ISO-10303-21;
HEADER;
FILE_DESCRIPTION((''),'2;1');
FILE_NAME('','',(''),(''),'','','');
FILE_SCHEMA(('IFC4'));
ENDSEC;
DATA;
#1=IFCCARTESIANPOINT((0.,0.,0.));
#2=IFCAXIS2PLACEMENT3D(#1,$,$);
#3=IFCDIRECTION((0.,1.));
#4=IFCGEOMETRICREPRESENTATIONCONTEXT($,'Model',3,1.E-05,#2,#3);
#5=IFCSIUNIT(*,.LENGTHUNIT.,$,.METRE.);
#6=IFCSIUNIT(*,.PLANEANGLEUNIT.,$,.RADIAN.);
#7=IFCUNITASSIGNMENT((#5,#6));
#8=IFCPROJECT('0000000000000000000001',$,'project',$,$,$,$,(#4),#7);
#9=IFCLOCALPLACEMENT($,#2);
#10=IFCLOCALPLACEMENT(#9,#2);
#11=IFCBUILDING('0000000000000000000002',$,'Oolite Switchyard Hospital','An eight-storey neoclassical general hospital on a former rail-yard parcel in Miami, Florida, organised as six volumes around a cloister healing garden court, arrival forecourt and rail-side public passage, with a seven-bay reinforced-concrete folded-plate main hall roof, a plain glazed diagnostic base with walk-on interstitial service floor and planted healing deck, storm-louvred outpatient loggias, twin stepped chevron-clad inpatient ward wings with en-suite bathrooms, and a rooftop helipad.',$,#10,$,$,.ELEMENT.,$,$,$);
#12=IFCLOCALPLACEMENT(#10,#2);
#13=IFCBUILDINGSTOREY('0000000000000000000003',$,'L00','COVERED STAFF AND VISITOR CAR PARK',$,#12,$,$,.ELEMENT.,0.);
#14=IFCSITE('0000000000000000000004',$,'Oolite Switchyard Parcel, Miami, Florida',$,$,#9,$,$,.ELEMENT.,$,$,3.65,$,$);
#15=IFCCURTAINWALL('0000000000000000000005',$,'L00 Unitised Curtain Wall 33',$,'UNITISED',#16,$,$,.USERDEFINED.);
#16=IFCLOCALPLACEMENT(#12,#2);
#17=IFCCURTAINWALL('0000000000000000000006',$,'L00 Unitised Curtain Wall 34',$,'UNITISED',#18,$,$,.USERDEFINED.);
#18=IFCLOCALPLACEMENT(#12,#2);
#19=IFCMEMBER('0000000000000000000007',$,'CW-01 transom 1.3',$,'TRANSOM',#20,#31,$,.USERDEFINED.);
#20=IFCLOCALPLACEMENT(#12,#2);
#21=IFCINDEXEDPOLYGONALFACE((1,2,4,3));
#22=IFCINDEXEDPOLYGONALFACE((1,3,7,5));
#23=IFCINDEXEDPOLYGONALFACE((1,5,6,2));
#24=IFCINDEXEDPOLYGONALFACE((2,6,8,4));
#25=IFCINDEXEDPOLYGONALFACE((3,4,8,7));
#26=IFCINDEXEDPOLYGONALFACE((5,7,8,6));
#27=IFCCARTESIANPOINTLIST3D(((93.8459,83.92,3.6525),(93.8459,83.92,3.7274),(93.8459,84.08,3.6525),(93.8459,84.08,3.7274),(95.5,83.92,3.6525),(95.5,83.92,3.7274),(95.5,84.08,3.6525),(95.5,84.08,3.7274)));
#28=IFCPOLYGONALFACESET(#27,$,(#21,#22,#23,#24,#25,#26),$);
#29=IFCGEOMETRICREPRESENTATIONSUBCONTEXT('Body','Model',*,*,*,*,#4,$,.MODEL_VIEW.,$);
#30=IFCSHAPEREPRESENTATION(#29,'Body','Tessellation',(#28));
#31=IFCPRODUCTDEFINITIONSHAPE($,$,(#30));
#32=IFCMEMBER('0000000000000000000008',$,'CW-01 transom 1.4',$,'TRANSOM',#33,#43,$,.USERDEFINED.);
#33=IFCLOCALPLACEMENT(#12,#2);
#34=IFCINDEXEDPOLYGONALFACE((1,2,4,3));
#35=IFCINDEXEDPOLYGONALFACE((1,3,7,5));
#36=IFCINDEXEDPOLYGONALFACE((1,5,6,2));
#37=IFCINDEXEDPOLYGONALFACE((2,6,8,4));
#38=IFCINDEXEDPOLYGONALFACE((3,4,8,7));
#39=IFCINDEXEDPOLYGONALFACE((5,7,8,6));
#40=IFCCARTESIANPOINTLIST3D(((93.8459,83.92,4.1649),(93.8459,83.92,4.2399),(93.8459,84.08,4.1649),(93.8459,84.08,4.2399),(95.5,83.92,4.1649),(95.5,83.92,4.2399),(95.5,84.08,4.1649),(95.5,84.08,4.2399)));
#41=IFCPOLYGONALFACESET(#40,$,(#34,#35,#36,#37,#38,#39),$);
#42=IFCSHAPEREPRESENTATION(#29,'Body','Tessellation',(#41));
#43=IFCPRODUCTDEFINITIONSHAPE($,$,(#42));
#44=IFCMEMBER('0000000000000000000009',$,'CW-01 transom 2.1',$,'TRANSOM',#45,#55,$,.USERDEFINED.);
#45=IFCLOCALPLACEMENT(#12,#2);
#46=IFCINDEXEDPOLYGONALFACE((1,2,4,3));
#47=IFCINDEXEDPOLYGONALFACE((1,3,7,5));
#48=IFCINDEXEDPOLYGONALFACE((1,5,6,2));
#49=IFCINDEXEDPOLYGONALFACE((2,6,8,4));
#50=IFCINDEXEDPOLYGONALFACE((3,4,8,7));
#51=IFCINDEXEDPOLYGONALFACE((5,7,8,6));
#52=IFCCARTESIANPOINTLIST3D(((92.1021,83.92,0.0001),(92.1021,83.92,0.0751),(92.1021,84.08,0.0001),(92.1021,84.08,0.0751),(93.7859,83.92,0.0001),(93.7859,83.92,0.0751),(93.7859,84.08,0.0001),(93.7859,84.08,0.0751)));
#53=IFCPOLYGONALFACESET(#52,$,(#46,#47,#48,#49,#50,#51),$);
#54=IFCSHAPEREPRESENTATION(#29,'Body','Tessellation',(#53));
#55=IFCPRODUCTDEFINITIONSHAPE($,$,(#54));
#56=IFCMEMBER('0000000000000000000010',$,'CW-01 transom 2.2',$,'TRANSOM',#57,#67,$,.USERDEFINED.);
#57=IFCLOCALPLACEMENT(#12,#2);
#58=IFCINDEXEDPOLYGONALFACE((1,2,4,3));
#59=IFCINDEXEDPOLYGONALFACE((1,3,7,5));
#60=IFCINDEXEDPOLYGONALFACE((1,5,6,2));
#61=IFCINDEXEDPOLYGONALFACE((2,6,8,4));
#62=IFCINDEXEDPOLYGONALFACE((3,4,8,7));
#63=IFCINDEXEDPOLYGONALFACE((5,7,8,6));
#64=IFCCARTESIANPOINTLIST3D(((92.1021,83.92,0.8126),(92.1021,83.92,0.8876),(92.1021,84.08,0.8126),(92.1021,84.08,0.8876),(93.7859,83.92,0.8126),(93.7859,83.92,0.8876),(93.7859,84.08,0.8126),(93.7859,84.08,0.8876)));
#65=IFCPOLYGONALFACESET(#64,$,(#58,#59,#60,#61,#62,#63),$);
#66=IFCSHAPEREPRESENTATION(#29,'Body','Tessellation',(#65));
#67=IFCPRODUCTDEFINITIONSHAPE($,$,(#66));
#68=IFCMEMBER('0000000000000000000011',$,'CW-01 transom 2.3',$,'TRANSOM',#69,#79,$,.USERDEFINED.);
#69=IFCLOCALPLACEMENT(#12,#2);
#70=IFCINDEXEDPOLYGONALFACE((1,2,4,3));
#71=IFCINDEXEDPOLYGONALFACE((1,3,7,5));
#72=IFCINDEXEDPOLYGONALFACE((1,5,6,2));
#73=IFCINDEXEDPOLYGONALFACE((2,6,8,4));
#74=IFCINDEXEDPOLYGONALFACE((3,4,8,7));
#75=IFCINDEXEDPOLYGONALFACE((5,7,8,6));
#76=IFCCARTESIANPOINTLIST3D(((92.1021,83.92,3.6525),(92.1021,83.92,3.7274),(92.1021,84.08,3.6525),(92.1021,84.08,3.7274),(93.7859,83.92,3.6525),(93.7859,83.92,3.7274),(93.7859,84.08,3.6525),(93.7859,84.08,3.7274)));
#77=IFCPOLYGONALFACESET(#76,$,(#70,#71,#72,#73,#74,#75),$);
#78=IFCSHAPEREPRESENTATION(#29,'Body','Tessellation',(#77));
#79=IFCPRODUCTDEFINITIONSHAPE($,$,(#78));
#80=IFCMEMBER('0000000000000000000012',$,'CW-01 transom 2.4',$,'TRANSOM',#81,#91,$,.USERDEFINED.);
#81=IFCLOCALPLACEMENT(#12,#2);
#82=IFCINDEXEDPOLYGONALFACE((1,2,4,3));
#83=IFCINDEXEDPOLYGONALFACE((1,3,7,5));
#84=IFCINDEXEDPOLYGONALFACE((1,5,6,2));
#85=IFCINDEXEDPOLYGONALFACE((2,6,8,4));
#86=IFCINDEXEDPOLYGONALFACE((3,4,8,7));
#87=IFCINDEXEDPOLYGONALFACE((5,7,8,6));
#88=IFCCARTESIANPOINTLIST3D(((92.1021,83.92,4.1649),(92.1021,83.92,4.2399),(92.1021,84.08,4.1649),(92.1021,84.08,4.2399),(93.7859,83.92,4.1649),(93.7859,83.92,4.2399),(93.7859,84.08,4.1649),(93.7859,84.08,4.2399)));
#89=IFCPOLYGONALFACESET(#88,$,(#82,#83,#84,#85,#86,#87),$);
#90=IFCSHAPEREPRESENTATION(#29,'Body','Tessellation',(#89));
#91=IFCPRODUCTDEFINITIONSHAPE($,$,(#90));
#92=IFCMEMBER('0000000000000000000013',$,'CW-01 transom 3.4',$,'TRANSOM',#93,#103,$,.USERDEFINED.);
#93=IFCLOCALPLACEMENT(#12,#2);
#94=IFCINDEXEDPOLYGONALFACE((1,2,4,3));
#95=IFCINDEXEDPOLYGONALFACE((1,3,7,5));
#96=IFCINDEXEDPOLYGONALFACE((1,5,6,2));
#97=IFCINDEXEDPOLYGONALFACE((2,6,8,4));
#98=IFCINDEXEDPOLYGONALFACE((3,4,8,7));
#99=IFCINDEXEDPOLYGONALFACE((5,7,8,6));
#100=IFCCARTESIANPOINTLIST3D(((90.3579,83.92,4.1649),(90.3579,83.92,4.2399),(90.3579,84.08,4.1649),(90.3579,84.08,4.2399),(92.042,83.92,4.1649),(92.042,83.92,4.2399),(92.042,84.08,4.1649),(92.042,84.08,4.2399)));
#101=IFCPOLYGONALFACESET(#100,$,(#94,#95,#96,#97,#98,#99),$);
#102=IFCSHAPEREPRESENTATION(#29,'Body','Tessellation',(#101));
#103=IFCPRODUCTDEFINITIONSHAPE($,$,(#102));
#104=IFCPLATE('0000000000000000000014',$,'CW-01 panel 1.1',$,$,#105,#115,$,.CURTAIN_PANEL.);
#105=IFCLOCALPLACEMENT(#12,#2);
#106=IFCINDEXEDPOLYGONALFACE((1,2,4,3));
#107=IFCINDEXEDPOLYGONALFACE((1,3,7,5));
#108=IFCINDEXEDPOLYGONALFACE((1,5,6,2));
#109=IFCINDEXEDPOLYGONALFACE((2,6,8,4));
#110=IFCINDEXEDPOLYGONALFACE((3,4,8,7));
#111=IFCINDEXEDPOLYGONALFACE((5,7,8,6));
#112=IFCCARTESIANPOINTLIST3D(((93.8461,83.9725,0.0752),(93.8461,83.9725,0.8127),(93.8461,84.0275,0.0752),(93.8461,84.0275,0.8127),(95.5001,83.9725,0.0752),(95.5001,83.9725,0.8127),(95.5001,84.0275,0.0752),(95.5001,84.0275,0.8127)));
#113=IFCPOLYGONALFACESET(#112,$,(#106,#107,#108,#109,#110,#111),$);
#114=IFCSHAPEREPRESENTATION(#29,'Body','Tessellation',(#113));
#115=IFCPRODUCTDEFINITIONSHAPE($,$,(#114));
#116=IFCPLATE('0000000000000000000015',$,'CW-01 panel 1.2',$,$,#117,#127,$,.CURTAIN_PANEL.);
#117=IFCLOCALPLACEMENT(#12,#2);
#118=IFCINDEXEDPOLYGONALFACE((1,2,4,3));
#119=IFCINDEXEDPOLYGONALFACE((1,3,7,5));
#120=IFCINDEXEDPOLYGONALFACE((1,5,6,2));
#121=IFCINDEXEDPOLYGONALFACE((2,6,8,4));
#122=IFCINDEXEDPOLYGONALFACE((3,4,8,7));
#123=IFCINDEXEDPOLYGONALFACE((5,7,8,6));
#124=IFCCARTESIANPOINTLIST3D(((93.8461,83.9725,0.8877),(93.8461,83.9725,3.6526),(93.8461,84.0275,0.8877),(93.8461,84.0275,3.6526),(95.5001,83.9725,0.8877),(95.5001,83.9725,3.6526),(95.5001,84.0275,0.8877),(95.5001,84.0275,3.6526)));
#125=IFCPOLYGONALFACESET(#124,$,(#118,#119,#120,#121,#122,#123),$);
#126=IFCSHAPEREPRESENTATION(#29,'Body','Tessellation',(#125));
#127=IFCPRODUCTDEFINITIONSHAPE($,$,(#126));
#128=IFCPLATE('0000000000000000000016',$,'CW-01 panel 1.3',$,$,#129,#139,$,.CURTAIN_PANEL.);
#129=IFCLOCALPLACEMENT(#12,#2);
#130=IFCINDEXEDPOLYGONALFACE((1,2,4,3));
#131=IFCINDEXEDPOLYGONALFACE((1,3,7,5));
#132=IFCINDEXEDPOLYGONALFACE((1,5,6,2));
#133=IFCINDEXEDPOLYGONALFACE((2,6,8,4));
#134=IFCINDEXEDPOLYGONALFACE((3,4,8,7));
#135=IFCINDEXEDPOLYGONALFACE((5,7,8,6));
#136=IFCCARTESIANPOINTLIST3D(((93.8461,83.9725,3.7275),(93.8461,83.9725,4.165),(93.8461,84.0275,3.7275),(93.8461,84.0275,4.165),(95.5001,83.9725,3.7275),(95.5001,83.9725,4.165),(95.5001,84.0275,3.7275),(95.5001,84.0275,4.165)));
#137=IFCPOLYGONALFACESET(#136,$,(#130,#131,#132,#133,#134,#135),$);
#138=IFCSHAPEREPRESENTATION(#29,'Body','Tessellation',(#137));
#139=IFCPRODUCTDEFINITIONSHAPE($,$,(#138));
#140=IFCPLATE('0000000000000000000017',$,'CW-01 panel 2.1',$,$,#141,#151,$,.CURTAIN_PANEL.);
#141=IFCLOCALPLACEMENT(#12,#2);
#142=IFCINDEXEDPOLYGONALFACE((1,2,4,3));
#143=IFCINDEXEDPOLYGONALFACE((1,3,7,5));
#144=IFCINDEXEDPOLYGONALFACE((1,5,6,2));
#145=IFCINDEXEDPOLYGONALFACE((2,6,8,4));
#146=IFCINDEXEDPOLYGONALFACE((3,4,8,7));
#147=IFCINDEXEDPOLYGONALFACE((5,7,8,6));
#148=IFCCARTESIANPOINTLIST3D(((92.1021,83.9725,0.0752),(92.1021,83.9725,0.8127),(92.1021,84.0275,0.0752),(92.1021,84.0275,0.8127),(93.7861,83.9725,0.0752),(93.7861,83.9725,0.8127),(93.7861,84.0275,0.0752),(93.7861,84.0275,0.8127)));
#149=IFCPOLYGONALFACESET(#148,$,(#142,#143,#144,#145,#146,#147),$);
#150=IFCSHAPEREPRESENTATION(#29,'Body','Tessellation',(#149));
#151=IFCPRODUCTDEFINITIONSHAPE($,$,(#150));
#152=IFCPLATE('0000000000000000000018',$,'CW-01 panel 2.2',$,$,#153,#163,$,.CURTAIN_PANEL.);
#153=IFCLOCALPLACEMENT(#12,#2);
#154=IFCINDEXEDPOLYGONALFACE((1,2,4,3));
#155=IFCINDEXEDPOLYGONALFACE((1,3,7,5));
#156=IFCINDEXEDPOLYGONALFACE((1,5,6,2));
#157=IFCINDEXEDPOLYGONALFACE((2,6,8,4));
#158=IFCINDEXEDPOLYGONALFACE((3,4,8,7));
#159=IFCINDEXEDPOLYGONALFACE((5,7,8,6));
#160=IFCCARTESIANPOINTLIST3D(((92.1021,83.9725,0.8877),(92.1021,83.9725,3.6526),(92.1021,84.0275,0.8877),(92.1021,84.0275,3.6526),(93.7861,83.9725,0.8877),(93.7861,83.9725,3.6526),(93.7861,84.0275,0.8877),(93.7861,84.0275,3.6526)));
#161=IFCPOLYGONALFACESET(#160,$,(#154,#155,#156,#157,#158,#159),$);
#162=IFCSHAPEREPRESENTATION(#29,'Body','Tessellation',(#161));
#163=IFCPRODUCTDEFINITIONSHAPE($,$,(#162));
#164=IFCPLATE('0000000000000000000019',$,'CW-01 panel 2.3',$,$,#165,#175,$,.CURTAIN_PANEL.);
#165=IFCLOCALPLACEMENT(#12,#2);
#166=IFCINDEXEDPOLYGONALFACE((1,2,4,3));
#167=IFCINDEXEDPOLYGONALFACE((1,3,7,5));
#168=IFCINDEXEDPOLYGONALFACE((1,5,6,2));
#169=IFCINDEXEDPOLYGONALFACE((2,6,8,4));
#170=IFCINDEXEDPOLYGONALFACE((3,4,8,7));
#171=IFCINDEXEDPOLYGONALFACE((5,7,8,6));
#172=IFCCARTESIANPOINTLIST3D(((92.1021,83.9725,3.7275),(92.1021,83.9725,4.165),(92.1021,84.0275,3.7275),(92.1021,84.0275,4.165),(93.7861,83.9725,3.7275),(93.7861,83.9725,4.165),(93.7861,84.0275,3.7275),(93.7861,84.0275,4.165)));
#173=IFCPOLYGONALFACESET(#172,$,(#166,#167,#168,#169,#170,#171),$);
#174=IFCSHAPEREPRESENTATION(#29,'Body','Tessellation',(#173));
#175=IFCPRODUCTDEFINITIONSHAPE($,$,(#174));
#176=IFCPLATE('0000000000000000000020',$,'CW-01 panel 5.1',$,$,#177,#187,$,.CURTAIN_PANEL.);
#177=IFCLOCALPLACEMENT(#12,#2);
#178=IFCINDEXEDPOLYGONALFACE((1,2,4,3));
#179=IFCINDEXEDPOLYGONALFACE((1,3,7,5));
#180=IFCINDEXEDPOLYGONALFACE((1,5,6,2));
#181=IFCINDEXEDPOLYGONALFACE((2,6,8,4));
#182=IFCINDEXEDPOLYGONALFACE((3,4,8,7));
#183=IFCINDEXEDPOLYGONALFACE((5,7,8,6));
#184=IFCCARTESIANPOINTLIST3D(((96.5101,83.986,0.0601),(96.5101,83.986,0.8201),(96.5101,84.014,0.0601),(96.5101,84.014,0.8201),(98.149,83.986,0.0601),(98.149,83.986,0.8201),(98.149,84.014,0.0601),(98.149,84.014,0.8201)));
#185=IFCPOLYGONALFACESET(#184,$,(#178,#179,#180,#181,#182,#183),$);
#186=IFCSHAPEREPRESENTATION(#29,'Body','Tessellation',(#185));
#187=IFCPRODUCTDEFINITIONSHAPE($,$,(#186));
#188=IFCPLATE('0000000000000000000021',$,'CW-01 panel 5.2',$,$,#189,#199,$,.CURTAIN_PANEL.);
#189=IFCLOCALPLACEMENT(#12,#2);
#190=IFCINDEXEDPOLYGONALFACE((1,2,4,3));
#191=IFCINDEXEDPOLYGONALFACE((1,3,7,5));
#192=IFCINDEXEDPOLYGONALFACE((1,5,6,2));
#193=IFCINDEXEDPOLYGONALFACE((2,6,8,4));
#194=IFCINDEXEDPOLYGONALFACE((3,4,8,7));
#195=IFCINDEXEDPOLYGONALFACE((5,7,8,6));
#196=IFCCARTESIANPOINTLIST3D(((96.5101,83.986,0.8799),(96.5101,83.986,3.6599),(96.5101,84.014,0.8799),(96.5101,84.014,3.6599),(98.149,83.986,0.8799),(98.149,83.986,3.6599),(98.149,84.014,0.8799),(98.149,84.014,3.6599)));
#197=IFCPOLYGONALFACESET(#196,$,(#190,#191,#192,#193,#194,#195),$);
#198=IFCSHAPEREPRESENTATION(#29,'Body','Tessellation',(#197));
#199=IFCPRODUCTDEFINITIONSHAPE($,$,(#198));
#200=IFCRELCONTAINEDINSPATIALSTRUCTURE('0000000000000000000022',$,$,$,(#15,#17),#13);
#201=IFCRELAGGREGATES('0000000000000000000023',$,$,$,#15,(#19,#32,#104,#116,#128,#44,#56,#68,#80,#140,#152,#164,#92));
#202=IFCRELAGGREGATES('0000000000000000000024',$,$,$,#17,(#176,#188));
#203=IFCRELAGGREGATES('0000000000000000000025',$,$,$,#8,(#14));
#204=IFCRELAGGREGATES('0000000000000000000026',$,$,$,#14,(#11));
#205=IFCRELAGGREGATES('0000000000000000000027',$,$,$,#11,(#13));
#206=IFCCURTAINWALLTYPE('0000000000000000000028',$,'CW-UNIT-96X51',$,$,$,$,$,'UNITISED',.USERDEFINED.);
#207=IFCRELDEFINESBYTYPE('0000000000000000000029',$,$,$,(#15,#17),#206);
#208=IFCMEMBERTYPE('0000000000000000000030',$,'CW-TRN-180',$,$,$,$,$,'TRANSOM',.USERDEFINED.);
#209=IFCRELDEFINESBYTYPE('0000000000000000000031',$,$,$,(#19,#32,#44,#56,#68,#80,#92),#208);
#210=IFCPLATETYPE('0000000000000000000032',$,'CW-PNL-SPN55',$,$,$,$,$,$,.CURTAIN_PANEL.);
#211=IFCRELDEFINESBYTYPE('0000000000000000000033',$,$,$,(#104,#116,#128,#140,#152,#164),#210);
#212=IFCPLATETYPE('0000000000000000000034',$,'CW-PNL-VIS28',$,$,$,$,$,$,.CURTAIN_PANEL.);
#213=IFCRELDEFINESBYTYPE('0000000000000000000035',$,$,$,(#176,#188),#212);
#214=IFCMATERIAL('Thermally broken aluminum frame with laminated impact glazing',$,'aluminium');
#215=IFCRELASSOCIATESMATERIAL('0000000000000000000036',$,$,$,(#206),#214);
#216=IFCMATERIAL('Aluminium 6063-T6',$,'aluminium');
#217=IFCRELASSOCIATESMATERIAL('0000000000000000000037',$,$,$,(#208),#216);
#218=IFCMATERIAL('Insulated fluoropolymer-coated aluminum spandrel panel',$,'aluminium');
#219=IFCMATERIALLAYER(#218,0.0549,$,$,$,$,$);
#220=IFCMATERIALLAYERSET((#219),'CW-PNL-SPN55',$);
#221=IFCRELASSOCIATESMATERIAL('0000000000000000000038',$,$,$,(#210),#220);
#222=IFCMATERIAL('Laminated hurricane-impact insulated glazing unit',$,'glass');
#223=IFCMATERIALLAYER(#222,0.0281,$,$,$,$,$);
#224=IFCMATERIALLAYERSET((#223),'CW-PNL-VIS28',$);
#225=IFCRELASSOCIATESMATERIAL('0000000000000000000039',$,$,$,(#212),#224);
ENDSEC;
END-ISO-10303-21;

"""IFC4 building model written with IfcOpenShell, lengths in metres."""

from ifc_helpers import new_model, si_unit, direction, frame, origin, origin_2d, place, context, subcontext, project, spatial, rectangle, extrude, material, layer, layer_set, material_profile, profile_set, type_object, element, aggregate, save


model = new_model("IFC4")

# Units and contexts
model_context = context("Model", 3, precision=1e-05, world=origin(), true_north=direction((0.0, 1.0)))
body_context = subcontext(model_context, "Body", "Model", "MODEL_VIEW")
ifc_project = project(units=[si_unit("LENGTHUNIT", "METRE"), si_unit("PLANEANGLEUNIT", "RADIAN")], contexts=[model_context])

# Site, building, storey
site_placement = place(None, origin())
site = spatial("IfcSite", under=ifc_project, at=site_placement, Name="Oolite Switchyard Parcel, Miami, Florida", CompositionType="ELEMENT", RefElevation=3.65)
building_placement = place(site_placement, origin())
building = spatial("IfcBuilding", under=site, at=building_placement, Name="Oolite Switchyard Hospital", Description="An eight-storey neoclassical general hospital on a former rail-yard parcel in Miami, Florida, organised as six volumes around a cloister healing garden court, arrival forecourt and rail-side public passage, with a seven-bay reinforced-concrete folded-plate main hall roof, a plain glazed diagnostic base with walk-on interstitial service floor and planted healing deck, storm-louvred outpatient loggias, twin stepped chevron-clad inpatient ward wings with en-suite bathrooms, and a rooftop helipad.", CompositionType="ELEMENT")
storey_placement = place(building_placement, origin())
storey = spatial("IfcBuildingStorey", under=building, at=storey_placement, Name="L00", Description="COVERED STAFF AND VISITOR CAR PARK", CompositionType="ELEMENT", Elevation=0.0)

# Curtain wall
ifc_material_1 = material(Name="Thermally broken aluminum frame with laminated impact glazing", Category="aluminium")
curtain_wall_type = type_object("IfcCurtainWallType", Name="CW-UNIT-96X51", ElementType="UNITISED", PredefinedType="USERDEFINED", material=ifc_material_1)
curtain_wall_1_placement = place(storey_placement, origin())
curtain_wall_1 = element("IfcCurtainWall", 1, at=curtain_wall_1_placement, inside=storey, type_object=curtain_wall_type, Name="L00 Unitised Curtain Wall 33", ObjectType="UNITISED", PredefinedType="USERDEFINED")
ifc_material_2 = material(Name="Aluminium 6063-T6", Category="aluminium")

# Curtain wall
curtain_wall_2_placement = place(storey_placement, origin())
curtain_wall_2 = element("IfcCurtainWall", 2, at=curtain_wall_2_placement, inside=storey, type_object=curtain_wall_type, Name="L00 Unitised Curtain Wall 34", ObjectType="UNITISED", PredefinedType="USERDEFINED")

# Members
ifc_material_profile_1 = material_profile(ifc_material_2, rectangle(XDim=0.1599, YDim=0.075, at=origin_2d()), Name="CWT75X160")
ifc_profile_set_1 = profile_set([ifc_material_profile_1], Name="Aluminium 6063-T6")
member_type_1 = type_object("IfcMemberType", Name="CW-TRN-180", ElementType="TRANSOM", PredefinedType="USERDEFINED", material=ifc_profile_set_1)
member_1_placement = place(storey_placement, frame((95.5, 84.0, 3.6899), z_axis=(-1.0, 0.0, 0.0), x_axis=(0.0, -1.0, 0.0)))
member_1 = element("IfcMember", 3, at=member_1_placement, type_object=member_type_1, Name="CW-01 transom 1.3", ObjectType="TRANSOM", PredefinedType="USERDEFINED", context=body_context, shape_type="SweptSolid", body=[
    extrude(rectangle(XDim=0.1599, YDim=0.075, at=origin_2d()), origin(), (0.0, 0.0, 1.0), 1.6541),
])
member_2_placement = place(storey_placement, frame((95.5, 84.0, 4.2024), z_axis=(-1.0, 0.0, 0.0), x_axis=(0.0, -1.0, 0.0)))
member_2 = element("IfcMember", 4, at=member_2_placement, type_object=member_type_1, Name="CW-01 transom 1.4", ObjectType="TRANSOM", PredefinedType="USERDEFINED", context=body_context, shape_type="SweptSolid", body=[
    extrude(rectangle(XDim=0.1599, YDim=0.075, at=origin_2d()), origin(), (0.0, 0.0, 1.0), 1.6541),
])
member_3_placement = place(storey_placement, frame((93.7859, 84.0, 0.0376), z_axis=(-1.0, 0.0, 0.0), x_axis=(0.0, -1.0, 0.0)))
member_3 = element("IfcMember", 5, at=member_3_placement, type_object=member_type_1, Name="CW-01 transom 2.1", ObjectType="TRANSOM", PredefinedType="USERDEFINED", context=body_context, shape_type="SweptSolid", body=[
    extrude(rectangle(XDim=0.1599, YDim=0.075, at=origin_2d()), origin(), (0.0, 0.0, 1.0), 1.6838),
])
member_4_placement = place(storey_placement, frame((93.7859, 84.0, 0.8501), z_axis=(-1.0, 0.0, 0.0), x_axis=(0.0, -1.0, 0.0)))
member_4 = element("IfcMember", 6, at=member_4_placement, type_object=member_type_1, Name="CW-01 transom 2.2", ObjectType="TRANSOM", PredefinedType="USERDEFINED", context=body_context, shape_type="SweptSolid", body=[
    extrude(rectangle(XDim=0.1599, YDim=0.075, at=origin_2d()), origin(), (0.0, 0.0, 1.0), 1.6838),
])
member_5_placement = place(storey_placement, frame((93.7859, 84.0, 3.6899), z_axis=(-1.0, 0.0, 0.0), x_axis=(0.0, -1.0, 0.0)))
member_5 = element("IfcMember", 7, at=member_5_placement, type_object=member_type_1, Name="CW-01 transom 2.3", ObjectType="TRANSOM", PredefinedType="USERDEFINED", context=body_context, shape_type="SweptSolid", body=[
    extrude(rectangle(XDim=0.1599, YDim=0.075, at=origin_2d()), origin(), (0.0, 0.0, 1.0), 1.6838),
])
member_6_placement = place(storey_placement, frame((93.7859, 84.0, 4.2024), z_axis=(-1.0, 0.0, 0.0), x_axis=(0.0, -1.0, 0.0)))
member_6 = element("IfcMember", 8, at=member_6_placement, type_object=member_type_1, Name="CW-01 transom 2.4", ObjectType="TRANSOM", PredefinedType="USERDEFINED", context=body_context, shape_type="SweptSolid", body=[
    extrude(rectangle(XDim=0.1599, YDim=0.075, at=origin_2d()), origin(), (0.0, 0.0, 1.0), 1.6838),
])
member_7_placement = place(storey_placement, frame((92.042, 84.0, 4.2024), z_axis=(-1.0, 0.0, 0.0), x_axis=(0.0, -1.0, 0.0)))
member_7 = element("IfcMember", 9, at=member_7_placement, type_object=member_type_1, Name="CW-01 transom 3.4", ObjectType="TRANSOM", PredefinedType="USERDEFINED", context=body_context, shape_type="SweptSolid", body=[
    extrude(rectangle(XDim=0.1599, YDim=0.075, at=origin_2d()), origin(), (0.0, 0.0, 1.0), 1.6841),
])

# Plates
ifc_material_3 = material(Name="Insulated fluoropolymer-coated aluminum spandrel panel", Category="aluminium")
ifc_layer_1 = layer(ifc_material_3, 0.0549)
ifc_layer_set_1 = layer_set([ifc_layer_1], Name="CW-PNL-SPN55")
plate_type_1 = type_object("IfcPlateType", Name="CW-PNL-SPN55", PredefinedType="CURTAIN_PANEL", material=ifc_layer_set_1)
plate_1_placement = place(storey_placement, frame((94.6731, 84.0, 0.0752), z_axis=(0.0, 0.0, 1.0), x_axis=(-1.0, 0.0, 0.0)))
plate_1 = element("IfcPlate", 10, at=plate_1_placement, type_object=plate_type_1, Name="CW-01 panel 1.1", PredefinedType="CURTAIN_PANEL", context=body_context, shape_type="SweptSolid", body=[
    extrude(rectangle(XDim=1.6541, YDim=0.0549, at=origin_2d()), origin(), (0.0, 0.0, 1.0), 0.7375),
])
plate_2_placement = place(storey_placement, frame((94.6731, 84.0, 0.8877), z_axis=(0.0, 0.0, 1.0), x_axis=(-1.0, 0.0, 0.0)))
plate_2 = element("IfcPlate", 11, at=plate_2_placement, type_object=plate_type_1, Name="CW-01 panel 1.2", PredefinedType="CURTAIN_PANEL", context=body_context, shape_type="SweptSolid", body=[
    extrude(rectangle(XDim=1.6541, YDim=0.0549, at=origin_2d()), origin(), (0.0, 0.0, 1.0), 2.7649),
])
plate_3_placement = place(storey_placement, frame((94.6731, 84.0, 3.7275), z_axis=(0.0, 0.0, 1.0), x_axis=(-1.0, 0.0, 0.0)))
plate_3 = element("IfcPlate", 12, at=plate_3_placement, type_object=plate_type_1, Name="CW-01 panel 1.3", PredefinedType="CURTAIN_PANEL", context=body_context, shape_type="SweptSolid", body=[
    extrude(rectangle(XDim=1.6541, YDim=0.0549, at=origin_2d()), origin(), (0.0, 0.0, 1.0), 0.4375),
])
plate_4_placement = place(storey_placement, frame((92.9441, 84.0, 0.0752), z_axis=(0.0, 0.0, 1.0), x_axis=(-1.0, 0.0, 0.0)))
plate_4 = element("IfcPlate", 13, at=plate_4_placement, type_object=plate_type_1, Name="CW-01 panel 2.1", PredefinedType="CURTAIN_PANEL", context=body_context, shape_type="SweptSolid", body=[
    extrude(rectangle(XDim=1.6841, YDim=0.0549, at=origin_2d()), origin(), (0.0, 0.0, 1.0), 0.7375),
])
plate_5_placement = place(storey_placement, frame((92.9441, 84.0, 0.8877), z_axis=(0.0, 0.0, 1.0), x_axis=(-1.0, 0.0, 0.0)))
plate_5 = element("IfcPlate", 14, at=plate_5_placement, type_object=plate_type_1, Name="CW-01 panel 2.2", PredefinedType="CURTAIN_PANEL", context=body_context, shape_type="SweptSolid", body=[
    extrude(rectangle(XDim=1.6841, YDim=0.0549, at=origin_2d()), origin(), (0.0, 0.0, 1.0), 2.7649),
])
plate_6_placement = place(storey_placement, frame((92.9441, 84.0, 3.7275), z_axis=(0.0, 0.0, 1.0), x_axis=(-1.0, 0.0, 0.0)))
plate_6 = element("IfcPlate", 15, at=plate_6_placement, type_object=plate_type_1, Name="CW-01 panel 2.3", PredefinedType="CURTAIN_PANEL", context=body_context, shape_type="SweptSolid", body=[
    extrude(rectangle(XDim=1.6841, YDim=0.0549, at=origin_2d()), origin(), (0.0, 0.0, 1.0), 0.4375),
])
aggregate(curtain_wall_1, [member_1, member_2, plate_1, plate_2, plate_3, member_3, member_4, member_5, member_6, plate_4, plate_5, plate_6, member_7])
ifc_material_4 = material(Name="Laminated hurricane-impact insulated glazing unit", Category="glass")
ifc_layer_2 = layer(ifc_material_4, 0.0281)
ifc_layer_set_2 = layer_set([ifc_layer_2], Name="CW-PNL-VIS28")
plate_type_2 = type_object("IfcPlateType", Name="CW-PNL-VIS28", PredefinedType="CURTAIN_PANEL", material=ifc_layer_set_2)
plate_7_placement = place(storey_placement, frame((97.3296, 84.0, 0.0601), z_axis=(0.0, 0.0, 1.0), x_axis=(-1.0, 0.0, 0.0)))
plate_7 = element("IfcPlate", 16, at=plate_7_placement, type_object=plate_type_2, Name="CW-01 panel 5.1", PredefinedType="CURTAIN_PANEL", context=body_context, shape_type="SweptSolid", body=[
    extrude(rectangle(XDim=1.6389, YDim=0.0281, at=origin_2d()), origin(), (0.0, 0.0, 1.0), 0.76),
])
plate_8_placement = place(storey_placement, frame((97.3296, 84.0, 0.8799), z_axis=(0.0, 0.0, 1.0), x_axis=(-1.0, 0.0, 0.0)))
plate_8 = element("IfcPlate", 17, at=plate_8_placement, type_object=plate_type_2, Name="CW-01 panel 5.2", PredefinedType="CURTAIN_PANEL", context=body_context, shape_type="SweptSolid", body=[
    extrude(rectangle(XDim=1.6389, YDim=0.0281, at=origin_2d()), origin(), (0.0, 0.0, 1.0), 2.78),
])
aggregate(curtain_wall_2, [plate_7, plate_8])

save(model, "model.ifc")
